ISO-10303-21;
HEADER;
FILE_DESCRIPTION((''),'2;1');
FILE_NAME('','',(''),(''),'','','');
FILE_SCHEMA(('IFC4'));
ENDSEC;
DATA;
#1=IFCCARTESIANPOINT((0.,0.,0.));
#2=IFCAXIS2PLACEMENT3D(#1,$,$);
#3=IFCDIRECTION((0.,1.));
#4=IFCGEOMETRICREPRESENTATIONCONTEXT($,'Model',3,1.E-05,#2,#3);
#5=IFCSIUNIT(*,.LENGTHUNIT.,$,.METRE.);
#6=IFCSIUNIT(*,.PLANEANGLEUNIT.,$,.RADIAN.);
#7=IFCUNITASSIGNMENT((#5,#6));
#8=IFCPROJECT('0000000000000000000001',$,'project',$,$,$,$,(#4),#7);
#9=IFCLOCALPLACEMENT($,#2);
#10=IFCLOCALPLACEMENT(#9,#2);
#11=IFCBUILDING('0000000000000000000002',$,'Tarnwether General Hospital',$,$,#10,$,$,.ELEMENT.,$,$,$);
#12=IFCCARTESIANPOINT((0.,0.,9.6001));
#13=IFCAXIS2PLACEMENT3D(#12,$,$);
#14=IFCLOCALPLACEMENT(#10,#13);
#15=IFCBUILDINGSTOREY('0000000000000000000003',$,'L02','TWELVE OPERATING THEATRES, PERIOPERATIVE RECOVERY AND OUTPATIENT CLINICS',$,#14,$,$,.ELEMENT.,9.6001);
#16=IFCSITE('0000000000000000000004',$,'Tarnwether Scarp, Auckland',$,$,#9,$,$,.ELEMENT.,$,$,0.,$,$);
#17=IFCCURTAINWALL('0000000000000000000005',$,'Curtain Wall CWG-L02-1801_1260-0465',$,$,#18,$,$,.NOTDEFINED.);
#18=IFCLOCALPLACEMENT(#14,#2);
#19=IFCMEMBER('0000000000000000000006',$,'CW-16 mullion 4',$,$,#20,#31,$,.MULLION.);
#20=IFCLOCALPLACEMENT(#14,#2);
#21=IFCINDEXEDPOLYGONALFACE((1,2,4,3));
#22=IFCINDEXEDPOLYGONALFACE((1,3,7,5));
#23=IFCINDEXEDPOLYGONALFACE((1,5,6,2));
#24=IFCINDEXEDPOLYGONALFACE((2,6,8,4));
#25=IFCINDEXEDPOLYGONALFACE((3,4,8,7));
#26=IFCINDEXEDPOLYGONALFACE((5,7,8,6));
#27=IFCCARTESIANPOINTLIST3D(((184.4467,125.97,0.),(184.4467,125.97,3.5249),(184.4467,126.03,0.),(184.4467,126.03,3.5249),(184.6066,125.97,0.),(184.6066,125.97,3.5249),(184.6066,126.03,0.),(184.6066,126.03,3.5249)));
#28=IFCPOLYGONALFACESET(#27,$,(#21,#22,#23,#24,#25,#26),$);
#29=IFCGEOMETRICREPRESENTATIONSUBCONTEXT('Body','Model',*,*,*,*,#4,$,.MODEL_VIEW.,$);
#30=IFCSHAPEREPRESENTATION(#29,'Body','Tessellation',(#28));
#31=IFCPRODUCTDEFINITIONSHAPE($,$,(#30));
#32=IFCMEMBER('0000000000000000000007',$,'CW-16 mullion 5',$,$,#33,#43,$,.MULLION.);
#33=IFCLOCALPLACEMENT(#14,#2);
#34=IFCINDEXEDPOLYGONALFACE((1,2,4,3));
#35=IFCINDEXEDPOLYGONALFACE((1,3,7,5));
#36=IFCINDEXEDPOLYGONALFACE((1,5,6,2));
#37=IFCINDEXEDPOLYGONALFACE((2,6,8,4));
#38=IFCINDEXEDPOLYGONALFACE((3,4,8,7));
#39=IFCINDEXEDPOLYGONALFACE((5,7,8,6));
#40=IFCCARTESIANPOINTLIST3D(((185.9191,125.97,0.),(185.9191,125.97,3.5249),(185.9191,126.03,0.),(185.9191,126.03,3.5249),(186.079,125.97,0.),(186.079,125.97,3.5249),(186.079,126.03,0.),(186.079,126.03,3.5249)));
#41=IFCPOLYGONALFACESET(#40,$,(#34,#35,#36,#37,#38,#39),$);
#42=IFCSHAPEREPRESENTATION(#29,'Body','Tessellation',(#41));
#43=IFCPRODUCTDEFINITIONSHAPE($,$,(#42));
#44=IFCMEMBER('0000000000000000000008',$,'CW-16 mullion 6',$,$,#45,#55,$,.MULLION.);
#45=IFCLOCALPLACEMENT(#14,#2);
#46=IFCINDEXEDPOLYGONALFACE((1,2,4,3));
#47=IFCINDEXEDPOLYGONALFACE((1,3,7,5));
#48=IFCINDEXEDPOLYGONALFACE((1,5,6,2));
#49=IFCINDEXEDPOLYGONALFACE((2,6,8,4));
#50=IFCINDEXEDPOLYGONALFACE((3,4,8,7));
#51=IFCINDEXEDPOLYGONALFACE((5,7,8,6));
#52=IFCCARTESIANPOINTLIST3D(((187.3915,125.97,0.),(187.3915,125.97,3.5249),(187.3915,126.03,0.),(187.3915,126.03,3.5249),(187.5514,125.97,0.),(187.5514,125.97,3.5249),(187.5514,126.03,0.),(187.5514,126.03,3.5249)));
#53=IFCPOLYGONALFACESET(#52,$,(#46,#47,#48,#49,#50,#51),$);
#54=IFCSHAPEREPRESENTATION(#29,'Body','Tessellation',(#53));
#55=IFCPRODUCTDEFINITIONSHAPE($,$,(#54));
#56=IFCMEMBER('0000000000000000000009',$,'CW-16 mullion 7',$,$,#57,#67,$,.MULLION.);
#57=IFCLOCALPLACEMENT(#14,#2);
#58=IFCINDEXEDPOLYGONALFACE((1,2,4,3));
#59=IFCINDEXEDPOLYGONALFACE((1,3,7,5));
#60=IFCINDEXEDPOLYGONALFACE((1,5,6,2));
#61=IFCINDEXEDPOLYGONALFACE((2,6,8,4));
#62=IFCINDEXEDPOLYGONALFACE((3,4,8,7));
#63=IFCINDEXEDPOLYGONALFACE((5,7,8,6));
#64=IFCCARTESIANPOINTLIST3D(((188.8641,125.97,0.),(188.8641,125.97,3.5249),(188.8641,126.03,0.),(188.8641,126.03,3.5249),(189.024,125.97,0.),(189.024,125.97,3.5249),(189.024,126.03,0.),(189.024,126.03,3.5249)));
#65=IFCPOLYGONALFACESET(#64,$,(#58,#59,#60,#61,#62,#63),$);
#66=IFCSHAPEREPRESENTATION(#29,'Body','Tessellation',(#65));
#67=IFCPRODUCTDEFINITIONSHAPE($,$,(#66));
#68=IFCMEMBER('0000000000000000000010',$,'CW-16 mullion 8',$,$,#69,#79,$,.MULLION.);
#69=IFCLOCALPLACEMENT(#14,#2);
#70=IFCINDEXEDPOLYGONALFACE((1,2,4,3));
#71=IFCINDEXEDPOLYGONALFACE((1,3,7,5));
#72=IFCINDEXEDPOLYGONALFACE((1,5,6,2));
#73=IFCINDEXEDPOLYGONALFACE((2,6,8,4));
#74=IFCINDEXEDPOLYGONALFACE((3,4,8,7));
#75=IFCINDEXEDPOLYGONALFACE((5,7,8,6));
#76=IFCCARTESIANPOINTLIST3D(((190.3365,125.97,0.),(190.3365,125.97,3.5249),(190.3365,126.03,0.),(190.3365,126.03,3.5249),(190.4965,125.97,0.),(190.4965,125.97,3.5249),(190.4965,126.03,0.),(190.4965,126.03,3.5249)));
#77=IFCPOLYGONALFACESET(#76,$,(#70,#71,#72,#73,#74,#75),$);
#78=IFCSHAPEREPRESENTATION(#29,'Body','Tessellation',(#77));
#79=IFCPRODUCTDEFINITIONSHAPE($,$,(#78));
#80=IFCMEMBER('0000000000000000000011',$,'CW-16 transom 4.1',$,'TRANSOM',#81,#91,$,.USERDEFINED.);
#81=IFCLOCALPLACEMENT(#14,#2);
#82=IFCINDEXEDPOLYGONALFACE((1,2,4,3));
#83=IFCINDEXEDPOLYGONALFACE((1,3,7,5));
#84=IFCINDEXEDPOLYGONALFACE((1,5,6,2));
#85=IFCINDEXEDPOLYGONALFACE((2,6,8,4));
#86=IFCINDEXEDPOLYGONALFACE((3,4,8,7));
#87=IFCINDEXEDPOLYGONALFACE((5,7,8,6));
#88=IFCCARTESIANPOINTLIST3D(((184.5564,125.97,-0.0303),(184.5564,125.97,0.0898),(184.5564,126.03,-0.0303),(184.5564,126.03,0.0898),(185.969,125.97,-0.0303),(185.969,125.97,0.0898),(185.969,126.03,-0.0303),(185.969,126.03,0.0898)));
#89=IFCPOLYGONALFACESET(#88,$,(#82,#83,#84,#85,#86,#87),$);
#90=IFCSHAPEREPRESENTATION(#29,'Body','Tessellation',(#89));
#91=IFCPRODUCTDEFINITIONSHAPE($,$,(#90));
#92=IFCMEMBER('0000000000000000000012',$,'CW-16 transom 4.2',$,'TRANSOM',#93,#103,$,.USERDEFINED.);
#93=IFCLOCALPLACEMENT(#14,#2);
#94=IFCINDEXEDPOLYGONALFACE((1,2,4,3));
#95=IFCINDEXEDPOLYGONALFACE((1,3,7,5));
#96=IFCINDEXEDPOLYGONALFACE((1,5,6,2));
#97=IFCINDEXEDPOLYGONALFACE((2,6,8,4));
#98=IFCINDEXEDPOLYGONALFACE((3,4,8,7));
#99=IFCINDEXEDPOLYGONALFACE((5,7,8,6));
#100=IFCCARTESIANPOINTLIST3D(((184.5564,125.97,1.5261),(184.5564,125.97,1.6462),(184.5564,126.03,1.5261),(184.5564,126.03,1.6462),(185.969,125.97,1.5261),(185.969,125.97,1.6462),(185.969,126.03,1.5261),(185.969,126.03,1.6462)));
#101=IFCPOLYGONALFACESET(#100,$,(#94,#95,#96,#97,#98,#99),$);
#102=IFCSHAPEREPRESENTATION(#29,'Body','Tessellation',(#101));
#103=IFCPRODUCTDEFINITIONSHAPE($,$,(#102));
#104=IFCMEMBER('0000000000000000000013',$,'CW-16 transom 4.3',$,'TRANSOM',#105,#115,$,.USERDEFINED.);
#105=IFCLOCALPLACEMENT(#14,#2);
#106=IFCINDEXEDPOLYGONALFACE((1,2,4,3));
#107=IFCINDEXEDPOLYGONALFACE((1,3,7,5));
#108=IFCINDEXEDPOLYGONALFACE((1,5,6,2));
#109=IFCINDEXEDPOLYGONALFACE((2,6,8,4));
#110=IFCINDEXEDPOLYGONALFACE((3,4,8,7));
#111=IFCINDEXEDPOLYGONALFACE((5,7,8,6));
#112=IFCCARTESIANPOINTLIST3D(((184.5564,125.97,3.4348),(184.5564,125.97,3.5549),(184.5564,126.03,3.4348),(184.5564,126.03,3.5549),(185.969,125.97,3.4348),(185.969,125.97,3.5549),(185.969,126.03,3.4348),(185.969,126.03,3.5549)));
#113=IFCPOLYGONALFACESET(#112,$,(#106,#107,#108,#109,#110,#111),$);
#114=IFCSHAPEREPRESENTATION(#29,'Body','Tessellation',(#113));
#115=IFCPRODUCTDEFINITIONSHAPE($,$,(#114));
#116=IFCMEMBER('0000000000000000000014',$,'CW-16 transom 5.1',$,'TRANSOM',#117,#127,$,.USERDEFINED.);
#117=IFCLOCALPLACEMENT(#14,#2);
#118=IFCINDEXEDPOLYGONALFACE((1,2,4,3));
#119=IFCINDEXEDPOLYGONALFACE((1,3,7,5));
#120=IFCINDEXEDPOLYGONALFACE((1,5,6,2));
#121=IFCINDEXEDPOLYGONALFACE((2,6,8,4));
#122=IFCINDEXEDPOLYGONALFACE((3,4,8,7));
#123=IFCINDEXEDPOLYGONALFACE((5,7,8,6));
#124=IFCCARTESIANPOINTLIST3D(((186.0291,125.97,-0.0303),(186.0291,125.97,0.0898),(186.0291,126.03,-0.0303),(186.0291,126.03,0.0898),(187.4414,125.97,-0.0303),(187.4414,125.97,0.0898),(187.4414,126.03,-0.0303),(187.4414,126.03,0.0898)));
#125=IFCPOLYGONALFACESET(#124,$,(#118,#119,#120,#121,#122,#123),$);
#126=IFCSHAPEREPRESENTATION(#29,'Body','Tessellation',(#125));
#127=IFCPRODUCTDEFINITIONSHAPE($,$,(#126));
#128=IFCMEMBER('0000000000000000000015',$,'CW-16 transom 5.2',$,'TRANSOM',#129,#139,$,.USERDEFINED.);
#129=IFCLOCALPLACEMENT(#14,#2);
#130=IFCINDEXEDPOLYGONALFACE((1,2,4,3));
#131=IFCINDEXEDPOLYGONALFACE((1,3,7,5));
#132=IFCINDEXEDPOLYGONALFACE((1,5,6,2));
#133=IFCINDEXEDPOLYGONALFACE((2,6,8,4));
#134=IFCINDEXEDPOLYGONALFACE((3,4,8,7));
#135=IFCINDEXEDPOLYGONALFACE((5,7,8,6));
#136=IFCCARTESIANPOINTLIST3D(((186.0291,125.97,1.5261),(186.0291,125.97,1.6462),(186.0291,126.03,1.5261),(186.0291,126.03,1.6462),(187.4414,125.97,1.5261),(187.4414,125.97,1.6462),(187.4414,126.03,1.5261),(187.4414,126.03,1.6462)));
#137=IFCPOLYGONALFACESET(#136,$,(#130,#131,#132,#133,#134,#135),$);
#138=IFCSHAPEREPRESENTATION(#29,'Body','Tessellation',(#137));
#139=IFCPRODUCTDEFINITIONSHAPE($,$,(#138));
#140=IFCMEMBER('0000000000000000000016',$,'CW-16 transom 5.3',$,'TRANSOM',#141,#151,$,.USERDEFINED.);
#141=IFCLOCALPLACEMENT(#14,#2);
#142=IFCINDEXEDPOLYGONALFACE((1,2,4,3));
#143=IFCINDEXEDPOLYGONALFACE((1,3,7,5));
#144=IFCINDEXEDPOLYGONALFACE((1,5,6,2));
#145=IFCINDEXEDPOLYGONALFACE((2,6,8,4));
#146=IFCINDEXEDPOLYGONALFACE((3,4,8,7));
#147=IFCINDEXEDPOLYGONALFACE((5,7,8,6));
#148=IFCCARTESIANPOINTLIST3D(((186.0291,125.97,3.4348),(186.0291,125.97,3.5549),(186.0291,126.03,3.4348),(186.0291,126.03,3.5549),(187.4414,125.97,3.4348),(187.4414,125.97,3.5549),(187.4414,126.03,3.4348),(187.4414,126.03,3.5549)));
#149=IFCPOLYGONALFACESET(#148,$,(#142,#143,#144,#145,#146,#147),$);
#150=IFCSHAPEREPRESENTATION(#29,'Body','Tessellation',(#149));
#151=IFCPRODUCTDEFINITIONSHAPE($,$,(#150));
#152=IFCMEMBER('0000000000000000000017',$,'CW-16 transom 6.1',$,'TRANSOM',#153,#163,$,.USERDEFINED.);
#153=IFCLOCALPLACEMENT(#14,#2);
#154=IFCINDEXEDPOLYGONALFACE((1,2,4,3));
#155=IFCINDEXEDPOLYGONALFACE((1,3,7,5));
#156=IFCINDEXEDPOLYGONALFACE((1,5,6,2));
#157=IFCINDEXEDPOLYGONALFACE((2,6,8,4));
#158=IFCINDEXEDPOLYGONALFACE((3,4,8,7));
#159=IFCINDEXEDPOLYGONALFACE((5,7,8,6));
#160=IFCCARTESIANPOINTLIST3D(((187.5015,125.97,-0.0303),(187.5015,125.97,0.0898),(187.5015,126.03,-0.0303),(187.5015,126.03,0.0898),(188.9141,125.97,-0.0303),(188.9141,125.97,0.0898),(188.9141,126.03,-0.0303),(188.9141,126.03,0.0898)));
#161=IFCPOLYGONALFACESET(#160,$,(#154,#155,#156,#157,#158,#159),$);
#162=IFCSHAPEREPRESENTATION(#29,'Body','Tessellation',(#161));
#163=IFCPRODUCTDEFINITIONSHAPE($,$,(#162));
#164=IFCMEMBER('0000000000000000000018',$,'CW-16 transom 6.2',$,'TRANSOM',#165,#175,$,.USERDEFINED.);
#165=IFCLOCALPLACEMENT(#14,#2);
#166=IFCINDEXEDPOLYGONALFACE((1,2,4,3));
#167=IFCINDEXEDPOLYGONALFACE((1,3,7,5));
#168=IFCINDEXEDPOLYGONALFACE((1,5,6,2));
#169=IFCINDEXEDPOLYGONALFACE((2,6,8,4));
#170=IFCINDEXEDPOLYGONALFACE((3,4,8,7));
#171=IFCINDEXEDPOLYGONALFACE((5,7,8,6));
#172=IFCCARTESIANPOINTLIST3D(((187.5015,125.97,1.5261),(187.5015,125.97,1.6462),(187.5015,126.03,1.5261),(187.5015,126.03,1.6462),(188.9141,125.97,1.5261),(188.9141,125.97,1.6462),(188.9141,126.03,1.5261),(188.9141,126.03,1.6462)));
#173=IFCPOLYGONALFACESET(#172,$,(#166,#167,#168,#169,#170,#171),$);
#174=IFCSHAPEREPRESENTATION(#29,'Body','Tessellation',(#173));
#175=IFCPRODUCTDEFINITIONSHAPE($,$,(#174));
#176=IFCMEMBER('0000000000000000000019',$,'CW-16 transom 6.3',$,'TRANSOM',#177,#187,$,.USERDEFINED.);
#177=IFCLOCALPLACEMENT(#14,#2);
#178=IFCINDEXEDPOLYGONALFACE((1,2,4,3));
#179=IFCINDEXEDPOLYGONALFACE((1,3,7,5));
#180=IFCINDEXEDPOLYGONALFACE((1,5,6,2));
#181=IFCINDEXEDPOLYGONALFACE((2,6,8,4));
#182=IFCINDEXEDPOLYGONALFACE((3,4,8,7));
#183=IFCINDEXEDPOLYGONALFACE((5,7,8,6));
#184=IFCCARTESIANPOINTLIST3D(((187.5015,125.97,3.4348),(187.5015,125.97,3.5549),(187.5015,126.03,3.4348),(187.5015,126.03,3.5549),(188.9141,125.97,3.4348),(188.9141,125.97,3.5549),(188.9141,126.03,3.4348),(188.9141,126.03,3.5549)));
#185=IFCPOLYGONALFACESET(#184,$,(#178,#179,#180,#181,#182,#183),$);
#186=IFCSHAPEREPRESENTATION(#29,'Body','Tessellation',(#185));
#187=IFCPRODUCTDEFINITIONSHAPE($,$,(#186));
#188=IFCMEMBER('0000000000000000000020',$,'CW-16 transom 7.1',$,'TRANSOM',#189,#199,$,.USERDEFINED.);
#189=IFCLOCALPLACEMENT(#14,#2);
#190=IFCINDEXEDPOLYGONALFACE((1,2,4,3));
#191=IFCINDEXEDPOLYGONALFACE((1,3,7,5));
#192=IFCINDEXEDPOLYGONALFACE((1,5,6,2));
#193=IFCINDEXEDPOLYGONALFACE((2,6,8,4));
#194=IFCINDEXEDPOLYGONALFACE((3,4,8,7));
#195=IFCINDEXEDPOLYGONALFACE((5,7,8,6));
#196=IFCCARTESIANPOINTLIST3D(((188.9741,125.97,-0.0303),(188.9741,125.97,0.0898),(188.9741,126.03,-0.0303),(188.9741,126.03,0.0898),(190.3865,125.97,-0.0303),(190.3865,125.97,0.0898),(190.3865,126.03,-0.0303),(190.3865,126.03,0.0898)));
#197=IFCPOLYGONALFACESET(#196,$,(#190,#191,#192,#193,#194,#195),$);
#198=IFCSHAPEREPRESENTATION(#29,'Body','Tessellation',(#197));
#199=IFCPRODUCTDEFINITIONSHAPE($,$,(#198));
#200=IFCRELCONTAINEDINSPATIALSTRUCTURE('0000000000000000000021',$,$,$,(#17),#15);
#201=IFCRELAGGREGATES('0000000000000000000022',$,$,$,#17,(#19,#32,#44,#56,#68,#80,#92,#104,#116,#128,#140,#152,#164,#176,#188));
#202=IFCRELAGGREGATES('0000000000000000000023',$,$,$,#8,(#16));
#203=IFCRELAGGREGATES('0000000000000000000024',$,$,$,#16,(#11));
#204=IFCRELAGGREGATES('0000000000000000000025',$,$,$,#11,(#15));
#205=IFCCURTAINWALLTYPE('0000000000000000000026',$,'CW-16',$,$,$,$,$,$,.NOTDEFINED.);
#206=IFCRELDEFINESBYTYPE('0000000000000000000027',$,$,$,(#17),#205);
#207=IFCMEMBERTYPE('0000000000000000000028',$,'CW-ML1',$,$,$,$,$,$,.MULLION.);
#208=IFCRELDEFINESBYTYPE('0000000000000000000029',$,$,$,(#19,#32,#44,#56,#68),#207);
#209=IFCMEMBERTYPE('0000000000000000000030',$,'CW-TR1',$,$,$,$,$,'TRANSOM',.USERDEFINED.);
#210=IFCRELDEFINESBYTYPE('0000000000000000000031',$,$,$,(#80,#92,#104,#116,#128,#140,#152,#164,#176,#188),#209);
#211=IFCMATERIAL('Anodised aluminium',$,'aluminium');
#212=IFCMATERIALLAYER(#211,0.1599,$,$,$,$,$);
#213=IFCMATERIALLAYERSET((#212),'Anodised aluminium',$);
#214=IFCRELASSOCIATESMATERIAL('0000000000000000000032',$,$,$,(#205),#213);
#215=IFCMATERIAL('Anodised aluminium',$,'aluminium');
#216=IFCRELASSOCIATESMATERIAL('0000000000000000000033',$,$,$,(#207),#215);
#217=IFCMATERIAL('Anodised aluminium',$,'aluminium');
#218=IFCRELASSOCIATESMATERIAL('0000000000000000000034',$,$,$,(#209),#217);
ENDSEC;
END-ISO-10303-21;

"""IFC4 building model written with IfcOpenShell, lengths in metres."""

from ifc_helpers import new_model, si_unit, direction, frame, origin, origin_2d, place, context, subcontext, project, spatial, rectangle, extrude, material, layer, layer_set, material_profile, profile_set, type_object, element, aggregate, save


model = new_model("IFC4")

# Units and contexts
model_context = context("Model", 3, precision=1e-05, world=origin(), true_north=direction((0.0, 1.0)))
body_context = subcontext(model_context, "Body", "Model", "MODEL_VIEW")
ifc_project = project(units=[si_unit("LENGTHUNIT", "METRE"), si_unit("PLANEANGLEUNIT", "RADIAN")], contexts=[model_context])

# Site, building, storey
site_placement = place(None, origin())
site = spatial("IfcSite", under=ifc_project, at=site_placement, Name="Tarnwether Scarp, Auckland", CompositionType="ELEMENT", RefElevation=0.0)
building_placement = place(site_placement, origin())
building = spatial("IfcBuilding", under=site, at=building_placement, Name="Tarnwether General Hospital", CompositionType="ELEMENT")
storey_placement = place(building_placement, frame((0.0, 0.0, 9.6001)))
storey = spatial("IfcBuildingStorey", under=building, at=storey_placement, Name="L02", Description="TWELVE OPERATING THEATRES, PERIOPERATIVE RECOVERY AND OUTPATIENT CLINICS", CompositionType="ELEMENT", Elevation=9.6001)

# Curtain wall, members
ifc_material_1 = material(Name="Anodised aluminium", Category="aluminium")
ifc_layer_1 = layer(ifc_material_1, 0.1599)
ifc_layer_set_1 = layer_set([ifc_layer_1], Name="Anodised aluminium")
curtain_wall_type = type_object("IfcCurtainWallType", Name="CW-16", PredefinedType="NOTDEFINED", material=ifc_layer_set_1)
curtain_wall_placement = place(storey_placement, origin())
curtain_wall = element("IfcCurtainWall", 1, at=curtain_wall_placement, inside=storey, type_object=curtain_wall_type, Name="Curtain Wall CWG-L02-1801_1260-0465", PredefinedType="NOTDEFINED")
ifc_material_2 = material(Name="Anodised aluminium", Category="aluminium")
ifc_material_profile_1 = material_profile(ifc_material_2, rectangle(XDim=0.0601, YDim=0.1599, at=origin_2d()), Name="ALU-MUL-60x160")
ifc_profile_set_1 = profile_set([ifc_material_profile_1], Name="Anodised aluminium")
member_type_1 = type_object("IfcMemberType", Name="CW-ML1", PredefinedType="MULLION", material=ifc_profile_set_1)
member_1_placement = place(storey_placement, frame((184.5266, 126.0, 0.0), z_axis=(0.0, 0.0, 1.0), x_axis=(0.0, 1.0, 0.0)))
member_1 = element("IfcMember", 2, at=member_1_placement, type_object=member_type_1, Name="CW-16 mullion 4", PredefinedType="MULLION", context=body_context, shape_type="SweptSolid", body=[
    extrude(rectangle(XDim=0.0601, YDim=0.1599, at=origin_2d()), origin(), (0.0, 0.0, 1.0), 3.5249),
])
member_2_placement = place(storey_placement, frame((185.999, 126.0, 0.0), z_axis=(0.0, 0.0, 1.0), x_axis=(0.0, 1.0, 0.0)))
member_2 = element("IfcMember", 3, at=member_2_placement, type_object=member_type_1, Name="CW-16 mullion 5", PredefinedType="MULLION", context=body_context, shape_type="SweptSolid", body=[
    extrude(rectangle(XDim=0.0601, YDim=0.1599, at=origin_2d()), origin(), (0.0, 0.0, 1.0), 3.5249),
])
member_3_placement = place(storey_placement, frame((187.4714, 126.0, 0.0), z_axis=(0.0, 0.0, 1.0), x_axis=(0.0, 1.0, 0.0)))
member_3 = element("IfcMember", 4, at=member_3_placement, type_object=member_type_1, Name="CW-16 mullion 6", PredefinedType="MULLION", context=body_context, shape_type="SweptSolid", body=[
    extrude(rectangle(XDim=0.0601, YDim=0.1599, at=origin_2d()), origin(), (0.0, 0.0, 1.0), 3.5249),
])
member_4_placement = place(storey_placement, frame((188.9441, 126.0, 0.0), z_axis=(0.0, 0.0, 1.0), x_axis=(0.0, 1.0, 0.0)))
member_4 = element("IfcMember", 5, at=member_4_placement, type_object=member_type_1, Name="CW-16 mullion 7", PredefinedType="MULLION", context=body_context, shape_type="SweptSolid", body=[
    extrude(rectangle(XDim=0.0601, YDim=0.1599, at=origin_2d()), origin(), (0.0, 0.0, 1.0), 3.5249),
])
member_5_placement = place(storey_placement, frame((190.4165, 126.0, 0.0), z_axis=(0.0, 0.0, 1.0), x_axis=(0.0, 1.0, 0.0)))
member_5 = element("IfcMember", 6, at=member_5_placement, type_object=member_type_1, Name="CW-16 mullion 8", PredefinedType="MULLION", context=body_context, shape_type="SweptSolid", body=[
    extrude(rectangle(XDim=0.0601, YDim=0.1599, at=origin_2d()), origin(), (0.0, 0.0, 1.0), 3.5249),
])
ifc_material_3 = material(Name="Anodised aluminium", Category="aluminium")
ifc_material_profile_2 = material_profile(ifc_material_3, rectangle(XDim=0.0601, YDim=0.1201, at=origin_2d()), Name="ALU-TRN-60x120")
ifc_profile_set_2 = profile_set([ifc_material_profile_2], Name="Anodised aluminium")
member_type_2 = type_object("IfcMemberType", Name="CW-TR1", ElementType="TRANSOM", PredefinedType="USERDEFINED", material=ifc_profile_set_2)
member_6_placement = place(storey_placement, frame((184.5564, 126.0, 0.0298), z_axis=(1.0, 0.0, 0.0), x_axis=(0.0, 1.0, 0.0)))
member_6 = element("IfcMember", 7, at=member_6_placement, type_object=member_type_2, Name="CW-16 transom 4.1", ObjectType="TRANSOM", PredefinedType="USERDEFINED", context=body_context, shape_type="SweptSolid", body=[
    extrude(rectangle(XDim=0.0601, YDim=0.1201, at=origin_2d()), origin(), (0.0, 0.0, 1.0), 1.4126),
])
member_7_placement = place(storey_placement, frame((184.5564, 126.0, 1.5862), z_axis=(1.0, 0.0, 0.0), x_axis=(0.0, 1.0, 0.0)))
member_7 = element("IfcMember", 8, at=member_7_placement, type_object=member_type_2, Name="CW-16 transom 4.2", ObjectType="TRANSOM", PredefinedType="USERDEFINED", context=body_context, shape_type="SweptSolid", body=[
    extrude(rectangle(XDim=0.0601, YDim=0.1201, at=origin_2d()), origin(), (0.0, 0.0, 1.0), 1.4126),
])
member_8_placement = place(storey_placement, frame((184.5564, 126.0, 3.4949), z_axis=(1.0, 0.0, 0.0), x_axis=(0.0, 1.0, 0.0)))
member_8 = element("IfcMember", 9, at=member_8_placement, type_object=member_type_2, Name="CW-16 transom 4.3", ObjectType="TRANSOM", PredefinedType="USERDEFINED", context=body_context, shape_type="SweptSolid", body=[
    extrude(rectangle(XDim=0.0601, YDim=0.1201, at=origin_2d()), origin(), (0.0, 0.0, 1.0), 1.4126),
])
member_9_placement = place(storey_placement, frame((186.0291, 126.0, 0.0298), z_axis=(1.0, 0.0, 0.0), x_axis=(0.0, 1.0, 0.0)))
member_9 = element("IfcMember", 10, at=member_9_placement, type_object=member_type_2, Name="CW-16 transom 5.1", ObjectType="TRANSOM", PredefinedType="USERDEFINED", context=body_context, shape_type="SweptSolid", body=[
    extrude(rectangle(XDim=0.0601, YDim=0.1201, at=origin_2d()), origin(), (0.0, 0.0, 1.0), 1.4124),
])
member_10_placement = place(storey_placement, frame((186.0291, 126.0, 1.5862), z_axis=(1.0, 0.0, 0.0), x_axis=(0.0, 1.0, 0.0)))
member_10 = element("IfcMember", 11, at=member_10_placement, type_object=member_type_2, Name="CW-16 transom 5.2", ObjectType="TRANSOM", PredefinedType="USERDEFINED", context=body_context, shape_type="SweptSolid", body=[
    extrude(rectangle(XDim=0.0601, YDim=0.1201, at=origin_2d()), origin(), (0.0, 0.0, 1.0), 1.4124),
])
member_11_placement = place(storey_placement, frame((186.0291, 126.0, 3.4949), z_axis=(1.0, 0.0, 0.0), x_axis=(0.0, 1.0, 0.0)))
member_11 = element("IfcMember", 12, at=member_11_placement, type_object=member_type_2, Name="CW-16 transom 5.3", ObjectType="TRANSOM", PredefinedType="USERDEFINED", context=body_context, shape_type="SweptSolid", body=[
    extrude(rectangle(XDim=0.0601, YDim=0.1201, at=origin_2d()), origin(), (0.0, 0.0, 1.0), 1.4124),
])
member_12_placement = place(storey_placement, frame((187.5015, 126.0, 0.0298), z_axis=(1.0, 0.0, 0.0), x_axis=(0.0, 1.0, 0.0)))
member_12 = element("IfcMember", 13, at=member_12_placement, type_object=member_type_2, Name="CW-16 transom 6.1", ObjectType="TRANSOM", PredefinedType="USERDEFINED", context=body_context, shape_type="SweptSolid", body=[
    extrude(rectangle(XDim=0.0601, YDim=0.1201, at=origin_2d()), origin(), (0.0, 0.0, 1.0), 1.4126),
])
member_13_placement = place(storey_placement, frame((187.5015, 126.0, 1.5862), z_axis=(1.0, 0.0, 0.0), x_axis=(0.0, 1.0, 0.0)))
member_13 = element("IfcMember", 14, at=member_13_placement, type_object=member_type_2, Name="CW-16 transom 6.2", ObjectType="TRANSOM", PredefinedType="USERDEFINED", context=body_context, shape_type="SweptSolid", body=[
    extrude(rectangle(XDim=0.0601, YDim=0.1201, at=origin_2d()), origin(), (0.0, 0.0, 1.0), 1.4126),
])
member_14_placement = place(storey_placement, frame((187.5015, 126.0, 3.4949), z_axis=(1.0, 0.0, 0.0), x_axis=(0.0, 1.0, 0.0)))
member_14 = element("IfcMember", 15, at=member_14_placement, type_object=member_type_2, Name="CW-16 transom 6.3", ObjectType="TRANSOM", PredefinedType="USERDEFINED", context=body_context, shape_type="SweptSolid", body=[
    extrude(rectangle(XDim=0.0601, YDim=0.1201, at=origin_2d()), origin(), (0.0, 0.0, 1.0), 1.4126),
])
member_15_placement = place(storey_placement, frame((188.9741, 126.0, 0.0298), z_axis=(1.0, 0.0, 0.0), x_axis=(0.0, 1.0, 0.0)))
member_15 = element("IfcMember", 16, at=member_15_placement, type_object=member_type_2, Name="CW-16 transom 7.1", ObjectType="TRANSOM", PredefinedType="USERDEFINED", context=body_context, shape_type="SweptSolid", body=[
    extrude(rectangle(XDim=0.0601, YDim=0.1201, at=origin_2d()), origin(), (0.0, 0.0, 1.0), 1.4124),
])
aggregate(curtain_wall, [member_1, member_2, member_3, member_4, member_5, member_6, member_7, member_8, member_9, member_10, member_11, member_12, member_13, member_14, member_15])

save(model, "model.ifc")
